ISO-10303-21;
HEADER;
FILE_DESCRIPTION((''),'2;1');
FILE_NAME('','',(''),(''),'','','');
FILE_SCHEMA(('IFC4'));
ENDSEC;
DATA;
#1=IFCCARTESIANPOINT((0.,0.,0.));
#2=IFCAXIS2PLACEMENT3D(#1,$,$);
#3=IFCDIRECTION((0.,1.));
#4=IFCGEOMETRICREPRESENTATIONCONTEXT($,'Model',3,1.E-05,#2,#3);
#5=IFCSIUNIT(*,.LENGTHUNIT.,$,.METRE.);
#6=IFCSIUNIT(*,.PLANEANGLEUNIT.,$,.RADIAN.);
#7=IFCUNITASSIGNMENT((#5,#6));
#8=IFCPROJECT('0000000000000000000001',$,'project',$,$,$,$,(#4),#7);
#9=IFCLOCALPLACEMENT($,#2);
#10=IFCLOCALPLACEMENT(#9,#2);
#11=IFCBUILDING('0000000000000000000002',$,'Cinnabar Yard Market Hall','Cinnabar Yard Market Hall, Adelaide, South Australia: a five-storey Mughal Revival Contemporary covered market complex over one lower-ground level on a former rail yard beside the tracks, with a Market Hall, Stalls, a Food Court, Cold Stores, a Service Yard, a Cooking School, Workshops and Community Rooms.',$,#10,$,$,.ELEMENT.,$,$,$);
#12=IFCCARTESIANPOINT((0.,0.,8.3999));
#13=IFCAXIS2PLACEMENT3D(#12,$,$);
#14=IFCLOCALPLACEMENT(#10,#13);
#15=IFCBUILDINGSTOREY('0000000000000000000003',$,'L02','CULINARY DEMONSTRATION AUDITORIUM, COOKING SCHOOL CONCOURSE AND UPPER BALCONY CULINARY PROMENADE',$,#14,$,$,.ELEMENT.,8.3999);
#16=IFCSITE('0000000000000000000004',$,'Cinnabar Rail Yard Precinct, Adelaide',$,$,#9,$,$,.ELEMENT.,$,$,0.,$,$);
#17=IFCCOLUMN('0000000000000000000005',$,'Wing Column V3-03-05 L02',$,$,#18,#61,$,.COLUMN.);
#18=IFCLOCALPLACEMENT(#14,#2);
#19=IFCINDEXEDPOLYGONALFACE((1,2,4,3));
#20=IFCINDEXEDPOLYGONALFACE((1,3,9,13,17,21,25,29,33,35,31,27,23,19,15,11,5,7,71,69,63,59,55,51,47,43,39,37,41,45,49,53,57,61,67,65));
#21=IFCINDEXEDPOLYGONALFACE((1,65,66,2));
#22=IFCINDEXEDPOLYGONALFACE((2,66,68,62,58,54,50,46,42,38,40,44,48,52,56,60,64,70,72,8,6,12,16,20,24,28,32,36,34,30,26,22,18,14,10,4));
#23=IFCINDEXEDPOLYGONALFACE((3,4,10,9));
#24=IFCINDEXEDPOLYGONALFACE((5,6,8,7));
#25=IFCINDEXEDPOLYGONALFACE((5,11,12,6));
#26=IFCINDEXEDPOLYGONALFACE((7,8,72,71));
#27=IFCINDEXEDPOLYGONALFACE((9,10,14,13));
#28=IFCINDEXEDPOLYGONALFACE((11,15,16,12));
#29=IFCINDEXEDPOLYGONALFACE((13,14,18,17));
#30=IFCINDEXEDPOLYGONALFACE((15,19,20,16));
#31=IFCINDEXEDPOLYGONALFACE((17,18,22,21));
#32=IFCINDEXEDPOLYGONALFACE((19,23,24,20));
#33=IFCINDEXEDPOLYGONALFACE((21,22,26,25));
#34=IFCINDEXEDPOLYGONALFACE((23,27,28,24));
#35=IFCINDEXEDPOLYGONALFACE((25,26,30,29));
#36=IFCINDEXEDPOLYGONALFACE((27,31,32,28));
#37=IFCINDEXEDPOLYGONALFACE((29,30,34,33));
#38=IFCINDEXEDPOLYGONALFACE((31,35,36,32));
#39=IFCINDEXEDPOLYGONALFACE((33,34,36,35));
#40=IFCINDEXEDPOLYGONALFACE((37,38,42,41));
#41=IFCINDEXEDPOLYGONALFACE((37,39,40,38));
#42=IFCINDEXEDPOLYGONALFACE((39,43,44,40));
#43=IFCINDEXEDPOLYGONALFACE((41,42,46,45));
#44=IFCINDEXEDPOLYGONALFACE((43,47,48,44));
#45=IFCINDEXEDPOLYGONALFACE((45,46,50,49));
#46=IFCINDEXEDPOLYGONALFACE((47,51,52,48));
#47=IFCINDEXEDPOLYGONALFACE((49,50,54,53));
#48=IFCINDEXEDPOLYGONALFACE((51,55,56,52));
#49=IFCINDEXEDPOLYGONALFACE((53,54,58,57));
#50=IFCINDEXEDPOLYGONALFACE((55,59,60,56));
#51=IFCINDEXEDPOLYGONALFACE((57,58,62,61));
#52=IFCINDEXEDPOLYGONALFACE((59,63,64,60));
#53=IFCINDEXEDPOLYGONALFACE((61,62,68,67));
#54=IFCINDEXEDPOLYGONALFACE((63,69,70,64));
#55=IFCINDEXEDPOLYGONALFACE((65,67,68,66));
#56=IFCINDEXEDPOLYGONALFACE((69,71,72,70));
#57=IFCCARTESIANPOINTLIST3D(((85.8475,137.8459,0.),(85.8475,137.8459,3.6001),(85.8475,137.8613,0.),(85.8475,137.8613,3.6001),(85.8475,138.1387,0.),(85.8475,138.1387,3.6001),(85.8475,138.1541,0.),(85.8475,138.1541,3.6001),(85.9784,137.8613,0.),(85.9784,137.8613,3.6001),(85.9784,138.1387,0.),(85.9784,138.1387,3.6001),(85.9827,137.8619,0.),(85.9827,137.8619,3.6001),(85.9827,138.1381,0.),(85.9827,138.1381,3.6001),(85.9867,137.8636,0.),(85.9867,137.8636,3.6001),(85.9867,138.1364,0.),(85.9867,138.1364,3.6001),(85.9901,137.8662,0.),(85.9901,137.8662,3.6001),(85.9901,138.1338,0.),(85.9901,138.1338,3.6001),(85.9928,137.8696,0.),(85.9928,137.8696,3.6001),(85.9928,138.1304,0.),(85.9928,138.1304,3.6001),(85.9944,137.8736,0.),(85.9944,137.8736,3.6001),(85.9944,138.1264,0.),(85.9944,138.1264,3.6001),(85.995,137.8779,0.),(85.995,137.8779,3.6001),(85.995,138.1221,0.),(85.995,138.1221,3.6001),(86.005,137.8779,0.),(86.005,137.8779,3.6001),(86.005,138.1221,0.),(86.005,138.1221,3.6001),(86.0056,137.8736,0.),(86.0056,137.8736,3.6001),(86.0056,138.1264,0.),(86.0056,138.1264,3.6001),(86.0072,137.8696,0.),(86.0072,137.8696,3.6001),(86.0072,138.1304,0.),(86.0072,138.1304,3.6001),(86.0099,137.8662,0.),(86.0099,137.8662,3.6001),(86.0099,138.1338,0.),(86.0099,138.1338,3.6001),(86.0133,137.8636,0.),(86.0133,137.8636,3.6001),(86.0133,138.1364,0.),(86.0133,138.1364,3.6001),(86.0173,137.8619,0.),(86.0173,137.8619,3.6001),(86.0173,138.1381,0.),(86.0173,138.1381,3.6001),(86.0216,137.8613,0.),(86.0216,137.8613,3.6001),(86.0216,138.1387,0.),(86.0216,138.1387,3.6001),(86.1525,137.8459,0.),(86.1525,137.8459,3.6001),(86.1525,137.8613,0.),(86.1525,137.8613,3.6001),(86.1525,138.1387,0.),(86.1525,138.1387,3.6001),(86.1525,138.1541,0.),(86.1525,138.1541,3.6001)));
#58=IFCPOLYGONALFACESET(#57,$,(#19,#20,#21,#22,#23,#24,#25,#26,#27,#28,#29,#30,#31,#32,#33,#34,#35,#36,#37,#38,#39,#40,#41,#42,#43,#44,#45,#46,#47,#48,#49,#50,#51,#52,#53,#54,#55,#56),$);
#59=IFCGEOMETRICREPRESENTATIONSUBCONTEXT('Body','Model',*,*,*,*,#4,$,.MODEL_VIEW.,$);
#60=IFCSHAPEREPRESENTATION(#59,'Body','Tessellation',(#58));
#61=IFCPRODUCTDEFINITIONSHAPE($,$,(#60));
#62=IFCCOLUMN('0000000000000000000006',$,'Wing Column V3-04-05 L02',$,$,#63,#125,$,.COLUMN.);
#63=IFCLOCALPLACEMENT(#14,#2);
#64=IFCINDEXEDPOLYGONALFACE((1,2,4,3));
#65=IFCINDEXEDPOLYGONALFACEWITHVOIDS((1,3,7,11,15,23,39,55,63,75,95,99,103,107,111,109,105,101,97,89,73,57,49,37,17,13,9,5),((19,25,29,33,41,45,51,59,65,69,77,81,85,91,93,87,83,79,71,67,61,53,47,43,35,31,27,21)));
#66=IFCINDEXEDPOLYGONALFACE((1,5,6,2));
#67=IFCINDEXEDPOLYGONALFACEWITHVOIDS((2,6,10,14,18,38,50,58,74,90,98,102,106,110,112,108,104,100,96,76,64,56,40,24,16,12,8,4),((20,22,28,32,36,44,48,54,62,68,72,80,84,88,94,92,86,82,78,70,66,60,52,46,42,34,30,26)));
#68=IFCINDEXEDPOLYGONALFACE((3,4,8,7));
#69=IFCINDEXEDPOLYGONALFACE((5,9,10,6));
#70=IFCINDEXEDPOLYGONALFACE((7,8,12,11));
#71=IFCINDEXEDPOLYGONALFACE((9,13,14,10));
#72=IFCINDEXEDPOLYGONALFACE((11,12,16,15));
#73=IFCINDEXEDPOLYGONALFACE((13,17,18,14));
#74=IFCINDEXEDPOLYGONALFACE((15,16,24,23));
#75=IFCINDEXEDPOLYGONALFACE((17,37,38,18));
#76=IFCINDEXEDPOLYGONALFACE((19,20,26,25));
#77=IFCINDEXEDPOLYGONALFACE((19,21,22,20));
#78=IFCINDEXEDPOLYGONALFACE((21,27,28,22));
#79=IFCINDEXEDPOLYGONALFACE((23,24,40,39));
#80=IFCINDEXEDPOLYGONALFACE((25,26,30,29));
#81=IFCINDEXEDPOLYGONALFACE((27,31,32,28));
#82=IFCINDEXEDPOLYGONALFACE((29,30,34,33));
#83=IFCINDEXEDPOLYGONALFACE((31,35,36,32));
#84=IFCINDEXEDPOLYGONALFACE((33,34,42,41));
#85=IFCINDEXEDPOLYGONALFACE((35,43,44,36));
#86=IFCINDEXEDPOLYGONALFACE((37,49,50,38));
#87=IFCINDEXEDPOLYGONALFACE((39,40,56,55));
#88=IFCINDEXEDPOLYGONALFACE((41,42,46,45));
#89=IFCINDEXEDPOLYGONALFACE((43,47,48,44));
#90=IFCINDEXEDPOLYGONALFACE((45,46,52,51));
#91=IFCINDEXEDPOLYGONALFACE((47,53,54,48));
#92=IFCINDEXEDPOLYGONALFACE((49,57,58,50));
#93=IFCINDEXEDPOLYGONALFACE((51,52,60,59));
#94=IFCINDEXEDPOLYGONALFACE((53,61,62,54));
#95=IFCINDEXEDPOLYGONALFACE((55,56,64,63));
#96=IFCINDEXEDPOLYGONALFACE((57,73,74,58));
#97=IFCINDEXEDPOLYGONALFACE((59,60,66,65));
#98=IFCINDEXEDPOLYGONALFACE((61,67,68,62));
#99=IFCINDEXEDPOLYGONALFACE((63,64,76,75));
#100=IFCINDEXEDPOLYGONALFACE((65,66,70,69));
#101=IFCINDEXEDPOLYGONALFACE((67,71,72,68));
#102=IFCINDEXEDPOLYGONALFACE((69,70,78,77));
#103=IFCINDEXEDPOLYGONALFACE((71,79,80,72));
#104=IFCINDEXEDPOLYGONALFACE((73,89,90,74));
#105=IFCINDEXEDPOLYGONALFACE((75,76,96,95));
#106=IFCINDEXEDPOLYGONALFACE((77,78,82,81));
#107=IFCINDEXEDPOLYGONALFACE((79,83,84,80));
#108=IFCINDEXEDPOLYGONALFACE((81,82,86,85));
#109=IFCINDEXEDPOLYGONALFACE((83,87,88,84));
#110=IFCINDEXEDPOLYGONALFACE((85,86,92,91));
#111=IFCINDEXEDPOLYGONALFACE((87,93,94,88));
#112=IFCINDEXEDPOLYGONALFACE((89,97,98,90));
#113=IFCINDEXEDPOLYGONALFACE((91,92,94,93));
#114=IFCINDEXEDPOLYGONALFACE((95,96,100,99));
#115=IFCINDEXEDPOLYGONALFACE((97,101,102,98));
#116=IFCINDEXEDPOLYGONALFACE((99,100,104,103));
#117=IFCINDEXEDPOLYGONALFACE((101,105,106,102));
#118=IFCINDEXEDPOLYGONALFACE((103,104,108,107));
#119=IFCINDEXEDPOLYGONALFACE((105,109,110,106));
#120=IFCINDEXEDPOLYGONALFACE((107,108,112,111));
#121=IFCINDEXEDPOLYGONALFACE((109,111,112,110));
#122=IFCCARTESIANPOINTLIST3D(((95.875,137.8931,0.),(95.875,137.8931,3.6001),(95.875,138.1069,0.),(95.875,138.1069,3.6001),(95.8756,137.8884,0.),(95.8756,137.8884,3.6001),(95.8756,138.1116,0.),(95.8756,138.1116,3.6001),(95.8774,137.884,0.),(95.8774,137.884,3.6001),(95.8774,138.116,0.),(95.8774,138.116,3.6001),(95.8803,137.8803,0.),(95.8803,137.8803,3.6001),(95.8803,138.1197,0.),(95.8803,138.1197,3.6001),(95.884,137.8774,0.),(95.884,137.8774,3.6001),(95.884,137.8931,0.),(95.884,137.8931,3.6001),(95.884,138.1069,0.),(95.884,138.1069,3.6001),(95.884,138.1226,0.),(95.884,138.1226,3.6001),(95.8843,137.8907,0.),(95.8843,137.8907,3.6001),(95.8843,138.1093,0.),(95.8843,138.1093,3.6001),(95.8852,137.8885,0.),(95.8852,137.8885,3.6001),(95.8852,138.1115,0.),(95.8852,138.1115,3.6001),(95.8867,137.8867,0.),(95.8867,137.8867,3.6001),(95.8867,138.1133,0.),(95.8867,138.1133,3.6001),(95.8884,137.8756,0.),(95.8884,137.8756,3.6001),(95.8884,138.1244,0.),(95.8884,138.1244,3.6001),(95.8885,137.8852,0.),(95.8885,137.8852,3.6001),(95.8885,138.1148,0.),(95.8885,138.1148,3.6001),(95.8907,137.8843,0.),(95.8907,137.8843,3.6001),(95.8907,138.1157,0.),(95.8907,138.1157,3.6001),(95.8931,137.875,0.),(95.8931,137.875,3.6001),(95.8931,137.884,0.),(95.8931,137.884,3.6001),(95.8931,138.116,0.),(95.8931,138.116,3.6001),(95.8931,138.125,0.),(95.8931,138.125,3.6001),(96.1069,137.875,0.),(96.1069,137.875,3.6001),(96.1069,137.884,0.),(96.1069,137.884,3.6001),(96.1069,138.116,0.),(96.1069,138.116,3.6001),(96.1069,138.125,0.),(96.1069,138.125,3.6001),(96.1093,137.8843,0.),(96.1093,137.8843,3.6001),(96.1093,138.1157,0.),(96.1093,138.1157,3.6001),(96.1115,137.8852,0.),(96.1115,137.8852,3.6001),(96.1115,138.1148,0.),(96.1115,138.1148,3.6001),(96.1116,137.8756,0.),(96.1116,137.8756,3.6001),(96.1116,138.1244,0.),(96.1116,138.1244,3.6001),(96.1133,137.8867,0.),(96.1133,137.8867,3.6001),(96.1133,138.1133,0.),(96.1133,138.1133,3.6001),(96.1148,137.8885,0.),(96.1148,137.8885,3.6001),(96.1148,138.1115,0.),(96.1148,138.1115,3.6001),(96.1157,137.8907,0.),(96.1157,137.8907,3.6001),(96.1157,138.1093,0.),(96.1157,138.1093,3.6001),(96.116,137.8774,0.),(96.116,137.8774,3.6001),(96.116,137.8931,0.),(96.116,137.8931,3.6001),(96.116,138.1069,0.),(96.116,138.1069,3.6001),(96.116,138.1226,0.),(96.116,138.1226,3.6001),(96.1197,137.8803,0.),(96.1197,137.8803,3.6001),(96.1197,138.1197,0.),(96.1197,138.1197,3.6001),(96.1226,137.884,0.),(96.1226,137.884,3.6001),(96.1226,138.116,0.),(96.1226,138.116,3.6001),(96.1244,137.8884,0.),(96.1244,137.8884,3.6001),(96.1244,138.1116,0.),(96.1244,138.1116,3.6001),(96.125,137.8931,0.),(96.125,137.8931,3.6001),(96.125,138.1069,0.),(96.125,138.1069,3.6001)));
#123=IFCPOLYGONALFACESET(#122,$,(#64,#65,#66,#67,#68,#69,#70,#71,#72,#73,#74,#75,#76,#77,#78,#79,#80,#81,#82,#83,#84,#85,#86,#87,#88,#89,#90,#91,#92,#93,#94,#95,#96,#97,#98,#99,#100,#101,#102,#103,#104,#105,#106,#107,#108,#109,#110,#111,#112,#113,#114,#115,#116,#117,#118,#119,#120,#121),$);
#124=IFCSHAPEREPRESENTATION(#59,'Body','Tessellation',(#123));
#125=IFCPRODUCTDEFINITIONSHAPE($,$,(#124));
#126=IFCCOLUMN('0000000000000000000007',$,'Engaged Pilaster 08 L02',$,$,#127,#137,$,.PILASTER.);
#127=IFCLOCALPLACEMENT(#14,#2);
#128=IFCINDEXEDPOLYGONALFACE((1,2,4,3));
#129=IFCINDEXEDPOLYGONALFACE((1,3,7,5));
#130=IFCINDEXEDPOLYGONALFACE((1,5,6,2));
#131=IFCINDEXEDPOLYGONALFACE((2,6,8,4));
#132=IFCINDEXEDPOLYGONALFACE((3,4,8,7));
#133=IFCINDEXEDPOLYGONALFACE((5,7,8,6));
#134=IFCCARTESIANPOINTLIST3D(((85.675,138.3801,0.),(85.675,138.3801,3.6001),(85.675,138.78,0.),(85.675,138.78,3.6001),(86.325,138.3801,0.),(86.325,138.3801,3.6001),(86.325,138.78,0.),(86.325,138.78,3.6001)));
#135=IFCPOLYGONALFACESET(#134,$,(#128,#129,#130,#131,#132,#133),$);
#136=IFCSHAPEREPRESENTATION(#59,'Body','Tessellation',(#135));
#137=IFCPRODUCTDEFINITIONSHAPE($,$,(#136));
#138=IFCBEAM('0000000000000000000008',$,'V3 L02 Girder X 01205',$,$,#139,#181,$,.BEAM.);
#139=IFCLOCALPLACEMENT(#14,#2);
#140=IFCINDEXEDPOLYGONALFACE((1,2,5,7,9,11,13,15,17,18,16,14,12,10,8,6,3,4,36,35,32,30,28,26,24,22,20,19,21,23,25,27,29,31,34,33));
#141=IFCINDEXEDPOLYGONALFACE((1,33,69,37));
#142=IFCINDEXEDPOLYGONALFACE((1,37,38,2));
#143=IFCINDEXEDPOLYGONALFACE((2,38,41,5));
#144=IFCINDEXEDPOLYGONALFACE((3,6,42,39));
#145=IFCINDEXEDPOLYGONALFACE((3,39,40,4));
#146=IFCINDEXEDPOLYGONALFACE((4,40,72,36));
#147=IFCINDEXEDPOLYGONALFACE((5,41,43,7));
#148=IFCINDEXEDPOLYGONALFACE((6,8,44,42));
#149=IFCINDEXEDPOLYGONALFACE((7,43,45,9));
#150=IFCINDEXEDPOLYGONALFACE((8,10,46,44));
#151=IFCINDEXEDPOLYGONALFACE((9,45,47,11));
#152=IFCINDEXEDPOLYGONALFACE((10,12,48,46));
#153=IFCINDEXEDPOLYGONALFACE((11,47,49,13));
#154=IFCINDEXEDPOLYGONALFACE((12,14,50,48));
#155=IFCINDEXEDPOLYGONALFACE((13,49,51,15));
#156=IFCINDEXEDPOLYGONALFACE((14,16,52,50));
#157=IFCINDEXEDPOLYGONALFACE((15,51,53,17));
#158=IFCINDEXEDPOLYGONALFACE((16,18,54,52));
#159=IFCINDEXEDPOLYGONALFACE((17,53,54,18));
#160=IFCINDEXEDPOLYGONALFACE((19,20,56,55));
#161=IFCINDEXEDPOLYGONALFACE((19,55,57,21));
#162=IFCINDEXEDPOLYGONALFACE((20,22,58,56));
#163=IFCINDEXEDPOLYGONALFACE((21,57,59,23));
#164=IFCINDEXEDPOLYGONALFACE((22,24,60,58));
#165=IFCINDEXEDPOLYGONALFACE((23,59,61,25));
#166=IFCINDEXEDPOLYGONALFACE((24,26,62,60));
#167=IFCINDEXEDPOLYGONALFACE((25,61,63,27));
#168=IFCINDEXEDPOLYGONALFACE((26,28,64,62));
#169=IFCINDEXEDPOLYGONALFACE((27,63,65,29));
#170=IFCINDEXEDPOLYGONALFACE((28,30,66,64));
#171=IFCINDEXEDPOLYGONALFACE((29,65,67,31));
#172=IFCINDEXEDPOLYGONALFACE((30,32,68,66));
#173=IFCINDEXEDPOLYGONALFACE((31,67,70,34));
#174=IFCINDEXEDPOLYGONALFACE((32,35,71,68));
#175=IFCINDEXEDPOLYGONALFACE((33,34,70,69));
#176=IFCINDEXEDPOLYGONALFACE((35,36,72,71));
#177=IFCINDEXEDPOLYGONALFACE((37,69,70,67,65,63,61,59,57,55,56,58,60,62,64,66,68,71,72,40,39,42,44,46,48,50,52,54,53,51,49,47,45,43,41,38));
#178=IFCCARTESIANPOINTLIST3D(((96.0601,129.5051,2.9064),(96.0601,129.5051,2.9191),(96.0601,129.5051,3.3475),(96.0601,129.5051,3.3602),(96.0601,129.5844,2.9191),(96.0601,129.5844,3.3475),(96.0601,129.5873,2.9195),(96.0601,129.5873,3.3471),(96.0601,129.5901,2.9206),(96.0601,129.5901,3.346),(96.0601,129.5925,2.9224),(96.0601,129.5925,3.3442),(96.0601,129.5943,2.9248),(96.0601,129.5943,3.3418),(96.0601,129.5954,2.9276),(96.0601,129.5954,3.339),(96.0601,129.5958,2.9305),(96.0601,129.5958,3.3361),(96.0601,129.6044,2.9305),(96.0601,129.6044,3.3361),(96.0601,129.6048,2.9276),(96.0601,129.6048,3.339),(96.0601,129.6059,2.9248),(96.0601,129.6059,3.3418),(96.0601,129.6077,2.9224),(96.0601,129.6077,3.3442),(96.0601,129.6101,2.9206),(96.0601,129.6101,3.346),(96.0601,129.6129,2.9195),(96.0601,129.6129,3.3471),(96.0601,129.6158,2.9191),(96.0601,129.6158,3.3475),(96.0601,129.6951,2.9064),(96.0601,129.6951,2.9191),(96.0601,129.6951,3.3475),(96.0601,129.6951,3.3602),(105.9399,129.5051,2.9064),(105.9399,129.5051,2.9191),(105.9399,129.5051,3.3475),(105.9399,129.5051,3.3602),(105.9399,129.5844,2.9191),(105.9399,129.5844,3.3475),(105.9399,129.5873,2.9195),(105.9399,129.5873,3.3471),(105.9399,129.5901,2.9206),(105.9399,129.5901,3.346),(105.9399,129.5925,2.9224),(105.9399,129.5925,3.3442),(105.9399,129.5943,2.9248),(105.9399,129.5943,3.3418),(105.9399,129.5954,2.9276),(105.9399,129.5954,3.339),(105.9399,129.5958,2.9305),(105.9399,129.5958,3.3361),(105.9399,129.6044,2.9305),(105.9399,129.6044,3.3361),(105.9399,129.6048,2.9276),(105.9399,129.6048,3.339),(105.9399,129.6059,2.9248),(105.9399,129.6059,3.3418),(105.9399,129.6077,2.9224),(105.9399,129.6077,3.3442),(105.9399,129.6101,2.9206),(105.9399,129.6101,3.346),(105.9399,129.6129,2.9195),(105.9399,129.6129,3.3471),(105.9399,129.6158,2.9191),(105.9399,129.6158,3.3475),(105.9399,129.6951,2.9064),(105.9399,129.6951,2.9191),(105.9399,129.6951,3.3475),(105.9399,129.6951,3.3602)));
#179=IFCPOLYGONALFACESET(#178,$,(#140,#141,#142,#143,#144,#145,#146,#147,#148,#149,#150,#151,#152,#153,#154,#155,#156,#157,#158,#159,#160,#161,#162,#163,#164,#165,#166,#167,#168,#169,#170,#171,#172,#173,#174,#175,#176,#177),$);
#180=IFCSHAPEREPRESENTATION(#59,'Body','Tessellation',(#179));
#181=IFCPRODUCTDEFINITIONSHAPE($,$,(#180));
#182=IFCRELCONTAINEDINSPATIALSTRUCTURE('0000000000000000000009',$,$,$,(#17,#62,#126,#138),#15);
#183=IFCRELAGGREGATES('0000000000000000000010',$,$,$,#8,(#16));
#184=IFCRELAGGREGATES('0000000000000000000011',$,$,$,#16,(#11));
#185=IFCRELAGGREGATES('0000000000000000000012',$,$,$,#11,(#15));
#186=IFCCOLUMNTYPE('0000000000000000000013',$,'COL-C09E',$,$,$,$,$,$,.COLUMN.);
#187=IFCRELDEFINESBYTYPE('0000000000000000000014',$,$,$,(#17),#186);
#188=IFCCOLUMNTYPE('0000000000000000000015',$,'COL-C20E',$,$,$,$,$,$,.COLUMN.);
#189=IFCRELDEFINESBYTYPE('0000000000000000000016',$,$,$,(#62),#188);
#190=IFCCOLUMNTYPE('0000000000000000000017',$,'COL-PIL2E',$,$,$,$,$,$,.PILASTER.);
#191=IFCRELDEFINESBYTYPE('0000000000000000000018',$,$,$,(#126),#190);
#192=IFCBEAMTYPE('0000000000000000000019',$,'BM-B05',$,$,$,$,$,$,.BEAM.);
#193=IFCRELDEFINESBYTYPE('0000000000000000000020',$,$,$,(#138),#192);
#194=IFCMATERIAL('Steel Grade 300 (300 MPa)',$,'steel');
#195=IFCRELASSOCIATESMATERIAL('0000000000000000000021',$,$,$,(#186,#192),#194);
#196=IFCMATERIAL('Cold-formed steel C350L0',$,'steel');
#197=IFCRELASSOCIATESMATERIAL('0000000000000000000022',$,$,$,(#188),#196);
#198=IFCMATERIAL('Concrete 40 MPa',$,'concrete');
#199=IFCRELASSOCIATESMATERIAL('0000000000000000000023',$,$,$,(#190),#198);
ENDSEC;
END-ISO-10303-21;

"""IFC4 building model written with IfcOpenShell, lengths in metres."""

from ifc_helpers import new_model, si_unit, direction, frame, origin, origin_2d_with_axis, place, context, subcontext, project, spatial, rectangle, hollow_rectangle, i_section, extrude, material, material_profile, profile_set, type_object, element, save


model = new_model("IFC4")

# Units and contexts
model_context = context("Model", 3, precision=1e-05, world=origin(), true_north=direction((0.0, 1.0)))
body_context = subcontext(model_context, "Body", "Model", "MODEL_VIEW")
ifc_project = project(units=[si_unit("LENGTHUNIT", "METRE"), si_unit("PLANEANGLEUNIT", "RADIAN")], contexts=[model_context])

# Site, building, storey
site_placement = place(None, origin())
site = spatial("IfcSite", under=ifc_project, at=site_placement, Name="Cinnabar Rail Yard Precinct, Adelaide", CompositionType="ELEMENT", RefElevation=0.0)
building_placement = place(site_placement, origin())
building = spatial("IfcBuilding", under=site, at=building_placement, Name="Cinnabar Yard Market Hall", Description="Cinnabar Yard Market Hall, Adelaide, South Australia: a five-storey Mughal Revival Contemporary covered market complex over one lower-ground level on a former rail yard beside the tracks, with a Market Hall, Stalls, a Food Court, Cold Stores, a Service Yard, a Cooking School, Workshops and Community Rooms.", CompositionType="ELEMENT")
storey_placement = place(building_placement, frame((0.0, 0.0, 8.3999)))
storey = spatial("IfcBuildingStorey", under=building, at=storey_placement, Name="L02", Description="CULINARY DEMONSTRATION AUDITORIUM, COOKING SCHOOL CONCOURSE AND UPPER BALCONY CULINARY PROMENADE", CompositionType="ELEMENT", Elevation=8.3999)

# Columns
ifc_material_1 = material(Name="Steel Grade 300 (300 MPa)", Category="steel")
ifc_material_profile_1 = material_profile(ifc_material_1, i_section(OverallWidth=0.3049, OverallDepth=0.3081, WebThickness=0.01, FlangeThickness=0.0154, FilletRadius=0.0166, at=origin_2d_with_axis()), Name="310UC96.8")
ifc_profile_set_1 = profile_set([ifc_material_profile_1], Name="Steel Grade 300 (300 MPa)")
column_type_1 = type_object("IfcColumnType", Name="COL-C09E", PredefinedType="COLUMN", material=ifc_profile_set_1)
column_1_placement = place(storey_placement, frame((86.0, 138.0, 0.0), z_axis=(0.0, 0.0, 1.0), x_axis=(1.0, 0.0, 0.0)))
element("IfcColumn", 1, at=column_1_placement, inside=storey, type_object=column_type_1, Name="Wing Column V3-03-05 L02", PredefinedType="COLUMN", context=body_context, shape_type="SweptSolid", body=[
    extrude(i_section(OverallWidth=0.3049, OverallDepth=0.3081, WebThickness=0.01, FlangeThickness=0.0154, FilletRadius=0.0166, at=origin_2d_with_axis()), origin(), (0.0, 0.0, 1.0), 3.6001),
])
ifc_material_2 = material(Name="Cold-formed steel C350L0", Category="steel")
ifc_material_profile_2 = material_profile(ifc_material_2, hollow_rectangle(XDim=0.25, YDim=0.25, WallThickness=0.009, InnerFilletRadius=0.009, OuterFilletRadius=0.0181, at=origin_2d_with_axis()), Name="250x250x9.0SHS")
ifc_profile_set_2 = profile_set([ifc_material_profile_2], Name="Cold-formed steel C350L0")
column_type_2 = type_object("IfcColumnType", Name="COL-C20E", PredefinedType="COLUMN", material=ifc_profile_set_2)
column_2_placement = place(storey_placement, frame((96.0, 138.0, 0.0), z_axis=(0.0, 0.0, 1.0), x_axis=(1.0, 0.0, 0.0)))
element("IfcColumn", 2, at=column_2_placement, inside=storey, type_object=column_type_2, Name="Wing Column V3-04-05 L02", PredefinedType="COLUMN", context=body_context, shape_type="SweptSolid", body=[
    extrude(hollow_rectangle(XDim=0.25, YDim=0.25, WallThickness=0.009, InnerFilletRadius=0.009, OuterFilletRadius=0.0181, at=origin_2d_with_axis()), origin(), (0.0, 0.0, 1.0), 3.6001),
])
ifc_material_3 = material(Name="Concrete 40 MPa", Category="concrete")
ifc_material_profile_3 = material_profile(ifc_material_3, rectangle(XDim=0.6499, YDim=0.3999, at=origin_2d_with_axis()), Name="RC-650x400")
ifc_profile_set_3 = profile_set([ifc_material_profile_3], Name="Concrete 40 MPa")
column_type_3 = type_object("IfcColumnType", Name="COL-PIL2E", PredefinedType="PILASTER", material=ifc_profile_set_3)
column_3_placement = place(storey_placement, frame((86.0, 138.5801, 0.0), z_axis=(0.0, 0.0, 1.0), x_axis=(1.0, 0.0, 0.0)))
element("IfcColumn", 3, at=column_3_placement, inside=storey, type_object=column_type_3, Name="Engaged Pilaster 08 L02", PredefinedType="PILASTER", context=body_context, shape_type="SweptSolid", body=[
    extrude(rectangle(XDim=0.6499, YDim=0.3999, at=origin_2d_with_axis()), origin(), (0.0, 0.0, 1.0), 3.6001),
])

# Beam
ifc_material_profile_4 = material_profile(ifc_material_1, i_section(OverallWidth=0.1899, OverallDepth=0.4539, WebThickness=0.0085, FlangeThickness=0.0127, FilletRadius=0.0115, at=origin_2d_with_axis()), Name="460UB67.1")
ifc_profile_set_4 = profile_set([ifc_material_profile_4], Name="Steel Grade 300 (300 MPa)")
beam_type_1 = type_object("IfcBeamType", Name="BM-B05", PredefinedType="BEAM", material=ifc_profile_set_4)
beam_1_placement = place(storey_placement, frame((96.0601, 129.6001, 3.1333), z_axis=(1.0, 0.0, 0.0), x_axis=(0.0, 1.0, 0.0)))
element("IfcBeam", 4, at=beam_1_placement, inside=storey, type_object=beam_type_1, Name="V3 L02 Girder X 01205", PredefinedType="BEAM", context=body_context, shape_type="SweptSolid", body=[
    extrude(i_section(OverallWidth=0.1899, OverallDepth=0.4539, WebThickness=0.0085, FlangeThickness=0.0127, FilletRadius=0.0115, at=origin_2d_with_axis()), origin(), (0.0, 0.0, 1.0), 9.8799),
])

save(model, "model.ifc")
